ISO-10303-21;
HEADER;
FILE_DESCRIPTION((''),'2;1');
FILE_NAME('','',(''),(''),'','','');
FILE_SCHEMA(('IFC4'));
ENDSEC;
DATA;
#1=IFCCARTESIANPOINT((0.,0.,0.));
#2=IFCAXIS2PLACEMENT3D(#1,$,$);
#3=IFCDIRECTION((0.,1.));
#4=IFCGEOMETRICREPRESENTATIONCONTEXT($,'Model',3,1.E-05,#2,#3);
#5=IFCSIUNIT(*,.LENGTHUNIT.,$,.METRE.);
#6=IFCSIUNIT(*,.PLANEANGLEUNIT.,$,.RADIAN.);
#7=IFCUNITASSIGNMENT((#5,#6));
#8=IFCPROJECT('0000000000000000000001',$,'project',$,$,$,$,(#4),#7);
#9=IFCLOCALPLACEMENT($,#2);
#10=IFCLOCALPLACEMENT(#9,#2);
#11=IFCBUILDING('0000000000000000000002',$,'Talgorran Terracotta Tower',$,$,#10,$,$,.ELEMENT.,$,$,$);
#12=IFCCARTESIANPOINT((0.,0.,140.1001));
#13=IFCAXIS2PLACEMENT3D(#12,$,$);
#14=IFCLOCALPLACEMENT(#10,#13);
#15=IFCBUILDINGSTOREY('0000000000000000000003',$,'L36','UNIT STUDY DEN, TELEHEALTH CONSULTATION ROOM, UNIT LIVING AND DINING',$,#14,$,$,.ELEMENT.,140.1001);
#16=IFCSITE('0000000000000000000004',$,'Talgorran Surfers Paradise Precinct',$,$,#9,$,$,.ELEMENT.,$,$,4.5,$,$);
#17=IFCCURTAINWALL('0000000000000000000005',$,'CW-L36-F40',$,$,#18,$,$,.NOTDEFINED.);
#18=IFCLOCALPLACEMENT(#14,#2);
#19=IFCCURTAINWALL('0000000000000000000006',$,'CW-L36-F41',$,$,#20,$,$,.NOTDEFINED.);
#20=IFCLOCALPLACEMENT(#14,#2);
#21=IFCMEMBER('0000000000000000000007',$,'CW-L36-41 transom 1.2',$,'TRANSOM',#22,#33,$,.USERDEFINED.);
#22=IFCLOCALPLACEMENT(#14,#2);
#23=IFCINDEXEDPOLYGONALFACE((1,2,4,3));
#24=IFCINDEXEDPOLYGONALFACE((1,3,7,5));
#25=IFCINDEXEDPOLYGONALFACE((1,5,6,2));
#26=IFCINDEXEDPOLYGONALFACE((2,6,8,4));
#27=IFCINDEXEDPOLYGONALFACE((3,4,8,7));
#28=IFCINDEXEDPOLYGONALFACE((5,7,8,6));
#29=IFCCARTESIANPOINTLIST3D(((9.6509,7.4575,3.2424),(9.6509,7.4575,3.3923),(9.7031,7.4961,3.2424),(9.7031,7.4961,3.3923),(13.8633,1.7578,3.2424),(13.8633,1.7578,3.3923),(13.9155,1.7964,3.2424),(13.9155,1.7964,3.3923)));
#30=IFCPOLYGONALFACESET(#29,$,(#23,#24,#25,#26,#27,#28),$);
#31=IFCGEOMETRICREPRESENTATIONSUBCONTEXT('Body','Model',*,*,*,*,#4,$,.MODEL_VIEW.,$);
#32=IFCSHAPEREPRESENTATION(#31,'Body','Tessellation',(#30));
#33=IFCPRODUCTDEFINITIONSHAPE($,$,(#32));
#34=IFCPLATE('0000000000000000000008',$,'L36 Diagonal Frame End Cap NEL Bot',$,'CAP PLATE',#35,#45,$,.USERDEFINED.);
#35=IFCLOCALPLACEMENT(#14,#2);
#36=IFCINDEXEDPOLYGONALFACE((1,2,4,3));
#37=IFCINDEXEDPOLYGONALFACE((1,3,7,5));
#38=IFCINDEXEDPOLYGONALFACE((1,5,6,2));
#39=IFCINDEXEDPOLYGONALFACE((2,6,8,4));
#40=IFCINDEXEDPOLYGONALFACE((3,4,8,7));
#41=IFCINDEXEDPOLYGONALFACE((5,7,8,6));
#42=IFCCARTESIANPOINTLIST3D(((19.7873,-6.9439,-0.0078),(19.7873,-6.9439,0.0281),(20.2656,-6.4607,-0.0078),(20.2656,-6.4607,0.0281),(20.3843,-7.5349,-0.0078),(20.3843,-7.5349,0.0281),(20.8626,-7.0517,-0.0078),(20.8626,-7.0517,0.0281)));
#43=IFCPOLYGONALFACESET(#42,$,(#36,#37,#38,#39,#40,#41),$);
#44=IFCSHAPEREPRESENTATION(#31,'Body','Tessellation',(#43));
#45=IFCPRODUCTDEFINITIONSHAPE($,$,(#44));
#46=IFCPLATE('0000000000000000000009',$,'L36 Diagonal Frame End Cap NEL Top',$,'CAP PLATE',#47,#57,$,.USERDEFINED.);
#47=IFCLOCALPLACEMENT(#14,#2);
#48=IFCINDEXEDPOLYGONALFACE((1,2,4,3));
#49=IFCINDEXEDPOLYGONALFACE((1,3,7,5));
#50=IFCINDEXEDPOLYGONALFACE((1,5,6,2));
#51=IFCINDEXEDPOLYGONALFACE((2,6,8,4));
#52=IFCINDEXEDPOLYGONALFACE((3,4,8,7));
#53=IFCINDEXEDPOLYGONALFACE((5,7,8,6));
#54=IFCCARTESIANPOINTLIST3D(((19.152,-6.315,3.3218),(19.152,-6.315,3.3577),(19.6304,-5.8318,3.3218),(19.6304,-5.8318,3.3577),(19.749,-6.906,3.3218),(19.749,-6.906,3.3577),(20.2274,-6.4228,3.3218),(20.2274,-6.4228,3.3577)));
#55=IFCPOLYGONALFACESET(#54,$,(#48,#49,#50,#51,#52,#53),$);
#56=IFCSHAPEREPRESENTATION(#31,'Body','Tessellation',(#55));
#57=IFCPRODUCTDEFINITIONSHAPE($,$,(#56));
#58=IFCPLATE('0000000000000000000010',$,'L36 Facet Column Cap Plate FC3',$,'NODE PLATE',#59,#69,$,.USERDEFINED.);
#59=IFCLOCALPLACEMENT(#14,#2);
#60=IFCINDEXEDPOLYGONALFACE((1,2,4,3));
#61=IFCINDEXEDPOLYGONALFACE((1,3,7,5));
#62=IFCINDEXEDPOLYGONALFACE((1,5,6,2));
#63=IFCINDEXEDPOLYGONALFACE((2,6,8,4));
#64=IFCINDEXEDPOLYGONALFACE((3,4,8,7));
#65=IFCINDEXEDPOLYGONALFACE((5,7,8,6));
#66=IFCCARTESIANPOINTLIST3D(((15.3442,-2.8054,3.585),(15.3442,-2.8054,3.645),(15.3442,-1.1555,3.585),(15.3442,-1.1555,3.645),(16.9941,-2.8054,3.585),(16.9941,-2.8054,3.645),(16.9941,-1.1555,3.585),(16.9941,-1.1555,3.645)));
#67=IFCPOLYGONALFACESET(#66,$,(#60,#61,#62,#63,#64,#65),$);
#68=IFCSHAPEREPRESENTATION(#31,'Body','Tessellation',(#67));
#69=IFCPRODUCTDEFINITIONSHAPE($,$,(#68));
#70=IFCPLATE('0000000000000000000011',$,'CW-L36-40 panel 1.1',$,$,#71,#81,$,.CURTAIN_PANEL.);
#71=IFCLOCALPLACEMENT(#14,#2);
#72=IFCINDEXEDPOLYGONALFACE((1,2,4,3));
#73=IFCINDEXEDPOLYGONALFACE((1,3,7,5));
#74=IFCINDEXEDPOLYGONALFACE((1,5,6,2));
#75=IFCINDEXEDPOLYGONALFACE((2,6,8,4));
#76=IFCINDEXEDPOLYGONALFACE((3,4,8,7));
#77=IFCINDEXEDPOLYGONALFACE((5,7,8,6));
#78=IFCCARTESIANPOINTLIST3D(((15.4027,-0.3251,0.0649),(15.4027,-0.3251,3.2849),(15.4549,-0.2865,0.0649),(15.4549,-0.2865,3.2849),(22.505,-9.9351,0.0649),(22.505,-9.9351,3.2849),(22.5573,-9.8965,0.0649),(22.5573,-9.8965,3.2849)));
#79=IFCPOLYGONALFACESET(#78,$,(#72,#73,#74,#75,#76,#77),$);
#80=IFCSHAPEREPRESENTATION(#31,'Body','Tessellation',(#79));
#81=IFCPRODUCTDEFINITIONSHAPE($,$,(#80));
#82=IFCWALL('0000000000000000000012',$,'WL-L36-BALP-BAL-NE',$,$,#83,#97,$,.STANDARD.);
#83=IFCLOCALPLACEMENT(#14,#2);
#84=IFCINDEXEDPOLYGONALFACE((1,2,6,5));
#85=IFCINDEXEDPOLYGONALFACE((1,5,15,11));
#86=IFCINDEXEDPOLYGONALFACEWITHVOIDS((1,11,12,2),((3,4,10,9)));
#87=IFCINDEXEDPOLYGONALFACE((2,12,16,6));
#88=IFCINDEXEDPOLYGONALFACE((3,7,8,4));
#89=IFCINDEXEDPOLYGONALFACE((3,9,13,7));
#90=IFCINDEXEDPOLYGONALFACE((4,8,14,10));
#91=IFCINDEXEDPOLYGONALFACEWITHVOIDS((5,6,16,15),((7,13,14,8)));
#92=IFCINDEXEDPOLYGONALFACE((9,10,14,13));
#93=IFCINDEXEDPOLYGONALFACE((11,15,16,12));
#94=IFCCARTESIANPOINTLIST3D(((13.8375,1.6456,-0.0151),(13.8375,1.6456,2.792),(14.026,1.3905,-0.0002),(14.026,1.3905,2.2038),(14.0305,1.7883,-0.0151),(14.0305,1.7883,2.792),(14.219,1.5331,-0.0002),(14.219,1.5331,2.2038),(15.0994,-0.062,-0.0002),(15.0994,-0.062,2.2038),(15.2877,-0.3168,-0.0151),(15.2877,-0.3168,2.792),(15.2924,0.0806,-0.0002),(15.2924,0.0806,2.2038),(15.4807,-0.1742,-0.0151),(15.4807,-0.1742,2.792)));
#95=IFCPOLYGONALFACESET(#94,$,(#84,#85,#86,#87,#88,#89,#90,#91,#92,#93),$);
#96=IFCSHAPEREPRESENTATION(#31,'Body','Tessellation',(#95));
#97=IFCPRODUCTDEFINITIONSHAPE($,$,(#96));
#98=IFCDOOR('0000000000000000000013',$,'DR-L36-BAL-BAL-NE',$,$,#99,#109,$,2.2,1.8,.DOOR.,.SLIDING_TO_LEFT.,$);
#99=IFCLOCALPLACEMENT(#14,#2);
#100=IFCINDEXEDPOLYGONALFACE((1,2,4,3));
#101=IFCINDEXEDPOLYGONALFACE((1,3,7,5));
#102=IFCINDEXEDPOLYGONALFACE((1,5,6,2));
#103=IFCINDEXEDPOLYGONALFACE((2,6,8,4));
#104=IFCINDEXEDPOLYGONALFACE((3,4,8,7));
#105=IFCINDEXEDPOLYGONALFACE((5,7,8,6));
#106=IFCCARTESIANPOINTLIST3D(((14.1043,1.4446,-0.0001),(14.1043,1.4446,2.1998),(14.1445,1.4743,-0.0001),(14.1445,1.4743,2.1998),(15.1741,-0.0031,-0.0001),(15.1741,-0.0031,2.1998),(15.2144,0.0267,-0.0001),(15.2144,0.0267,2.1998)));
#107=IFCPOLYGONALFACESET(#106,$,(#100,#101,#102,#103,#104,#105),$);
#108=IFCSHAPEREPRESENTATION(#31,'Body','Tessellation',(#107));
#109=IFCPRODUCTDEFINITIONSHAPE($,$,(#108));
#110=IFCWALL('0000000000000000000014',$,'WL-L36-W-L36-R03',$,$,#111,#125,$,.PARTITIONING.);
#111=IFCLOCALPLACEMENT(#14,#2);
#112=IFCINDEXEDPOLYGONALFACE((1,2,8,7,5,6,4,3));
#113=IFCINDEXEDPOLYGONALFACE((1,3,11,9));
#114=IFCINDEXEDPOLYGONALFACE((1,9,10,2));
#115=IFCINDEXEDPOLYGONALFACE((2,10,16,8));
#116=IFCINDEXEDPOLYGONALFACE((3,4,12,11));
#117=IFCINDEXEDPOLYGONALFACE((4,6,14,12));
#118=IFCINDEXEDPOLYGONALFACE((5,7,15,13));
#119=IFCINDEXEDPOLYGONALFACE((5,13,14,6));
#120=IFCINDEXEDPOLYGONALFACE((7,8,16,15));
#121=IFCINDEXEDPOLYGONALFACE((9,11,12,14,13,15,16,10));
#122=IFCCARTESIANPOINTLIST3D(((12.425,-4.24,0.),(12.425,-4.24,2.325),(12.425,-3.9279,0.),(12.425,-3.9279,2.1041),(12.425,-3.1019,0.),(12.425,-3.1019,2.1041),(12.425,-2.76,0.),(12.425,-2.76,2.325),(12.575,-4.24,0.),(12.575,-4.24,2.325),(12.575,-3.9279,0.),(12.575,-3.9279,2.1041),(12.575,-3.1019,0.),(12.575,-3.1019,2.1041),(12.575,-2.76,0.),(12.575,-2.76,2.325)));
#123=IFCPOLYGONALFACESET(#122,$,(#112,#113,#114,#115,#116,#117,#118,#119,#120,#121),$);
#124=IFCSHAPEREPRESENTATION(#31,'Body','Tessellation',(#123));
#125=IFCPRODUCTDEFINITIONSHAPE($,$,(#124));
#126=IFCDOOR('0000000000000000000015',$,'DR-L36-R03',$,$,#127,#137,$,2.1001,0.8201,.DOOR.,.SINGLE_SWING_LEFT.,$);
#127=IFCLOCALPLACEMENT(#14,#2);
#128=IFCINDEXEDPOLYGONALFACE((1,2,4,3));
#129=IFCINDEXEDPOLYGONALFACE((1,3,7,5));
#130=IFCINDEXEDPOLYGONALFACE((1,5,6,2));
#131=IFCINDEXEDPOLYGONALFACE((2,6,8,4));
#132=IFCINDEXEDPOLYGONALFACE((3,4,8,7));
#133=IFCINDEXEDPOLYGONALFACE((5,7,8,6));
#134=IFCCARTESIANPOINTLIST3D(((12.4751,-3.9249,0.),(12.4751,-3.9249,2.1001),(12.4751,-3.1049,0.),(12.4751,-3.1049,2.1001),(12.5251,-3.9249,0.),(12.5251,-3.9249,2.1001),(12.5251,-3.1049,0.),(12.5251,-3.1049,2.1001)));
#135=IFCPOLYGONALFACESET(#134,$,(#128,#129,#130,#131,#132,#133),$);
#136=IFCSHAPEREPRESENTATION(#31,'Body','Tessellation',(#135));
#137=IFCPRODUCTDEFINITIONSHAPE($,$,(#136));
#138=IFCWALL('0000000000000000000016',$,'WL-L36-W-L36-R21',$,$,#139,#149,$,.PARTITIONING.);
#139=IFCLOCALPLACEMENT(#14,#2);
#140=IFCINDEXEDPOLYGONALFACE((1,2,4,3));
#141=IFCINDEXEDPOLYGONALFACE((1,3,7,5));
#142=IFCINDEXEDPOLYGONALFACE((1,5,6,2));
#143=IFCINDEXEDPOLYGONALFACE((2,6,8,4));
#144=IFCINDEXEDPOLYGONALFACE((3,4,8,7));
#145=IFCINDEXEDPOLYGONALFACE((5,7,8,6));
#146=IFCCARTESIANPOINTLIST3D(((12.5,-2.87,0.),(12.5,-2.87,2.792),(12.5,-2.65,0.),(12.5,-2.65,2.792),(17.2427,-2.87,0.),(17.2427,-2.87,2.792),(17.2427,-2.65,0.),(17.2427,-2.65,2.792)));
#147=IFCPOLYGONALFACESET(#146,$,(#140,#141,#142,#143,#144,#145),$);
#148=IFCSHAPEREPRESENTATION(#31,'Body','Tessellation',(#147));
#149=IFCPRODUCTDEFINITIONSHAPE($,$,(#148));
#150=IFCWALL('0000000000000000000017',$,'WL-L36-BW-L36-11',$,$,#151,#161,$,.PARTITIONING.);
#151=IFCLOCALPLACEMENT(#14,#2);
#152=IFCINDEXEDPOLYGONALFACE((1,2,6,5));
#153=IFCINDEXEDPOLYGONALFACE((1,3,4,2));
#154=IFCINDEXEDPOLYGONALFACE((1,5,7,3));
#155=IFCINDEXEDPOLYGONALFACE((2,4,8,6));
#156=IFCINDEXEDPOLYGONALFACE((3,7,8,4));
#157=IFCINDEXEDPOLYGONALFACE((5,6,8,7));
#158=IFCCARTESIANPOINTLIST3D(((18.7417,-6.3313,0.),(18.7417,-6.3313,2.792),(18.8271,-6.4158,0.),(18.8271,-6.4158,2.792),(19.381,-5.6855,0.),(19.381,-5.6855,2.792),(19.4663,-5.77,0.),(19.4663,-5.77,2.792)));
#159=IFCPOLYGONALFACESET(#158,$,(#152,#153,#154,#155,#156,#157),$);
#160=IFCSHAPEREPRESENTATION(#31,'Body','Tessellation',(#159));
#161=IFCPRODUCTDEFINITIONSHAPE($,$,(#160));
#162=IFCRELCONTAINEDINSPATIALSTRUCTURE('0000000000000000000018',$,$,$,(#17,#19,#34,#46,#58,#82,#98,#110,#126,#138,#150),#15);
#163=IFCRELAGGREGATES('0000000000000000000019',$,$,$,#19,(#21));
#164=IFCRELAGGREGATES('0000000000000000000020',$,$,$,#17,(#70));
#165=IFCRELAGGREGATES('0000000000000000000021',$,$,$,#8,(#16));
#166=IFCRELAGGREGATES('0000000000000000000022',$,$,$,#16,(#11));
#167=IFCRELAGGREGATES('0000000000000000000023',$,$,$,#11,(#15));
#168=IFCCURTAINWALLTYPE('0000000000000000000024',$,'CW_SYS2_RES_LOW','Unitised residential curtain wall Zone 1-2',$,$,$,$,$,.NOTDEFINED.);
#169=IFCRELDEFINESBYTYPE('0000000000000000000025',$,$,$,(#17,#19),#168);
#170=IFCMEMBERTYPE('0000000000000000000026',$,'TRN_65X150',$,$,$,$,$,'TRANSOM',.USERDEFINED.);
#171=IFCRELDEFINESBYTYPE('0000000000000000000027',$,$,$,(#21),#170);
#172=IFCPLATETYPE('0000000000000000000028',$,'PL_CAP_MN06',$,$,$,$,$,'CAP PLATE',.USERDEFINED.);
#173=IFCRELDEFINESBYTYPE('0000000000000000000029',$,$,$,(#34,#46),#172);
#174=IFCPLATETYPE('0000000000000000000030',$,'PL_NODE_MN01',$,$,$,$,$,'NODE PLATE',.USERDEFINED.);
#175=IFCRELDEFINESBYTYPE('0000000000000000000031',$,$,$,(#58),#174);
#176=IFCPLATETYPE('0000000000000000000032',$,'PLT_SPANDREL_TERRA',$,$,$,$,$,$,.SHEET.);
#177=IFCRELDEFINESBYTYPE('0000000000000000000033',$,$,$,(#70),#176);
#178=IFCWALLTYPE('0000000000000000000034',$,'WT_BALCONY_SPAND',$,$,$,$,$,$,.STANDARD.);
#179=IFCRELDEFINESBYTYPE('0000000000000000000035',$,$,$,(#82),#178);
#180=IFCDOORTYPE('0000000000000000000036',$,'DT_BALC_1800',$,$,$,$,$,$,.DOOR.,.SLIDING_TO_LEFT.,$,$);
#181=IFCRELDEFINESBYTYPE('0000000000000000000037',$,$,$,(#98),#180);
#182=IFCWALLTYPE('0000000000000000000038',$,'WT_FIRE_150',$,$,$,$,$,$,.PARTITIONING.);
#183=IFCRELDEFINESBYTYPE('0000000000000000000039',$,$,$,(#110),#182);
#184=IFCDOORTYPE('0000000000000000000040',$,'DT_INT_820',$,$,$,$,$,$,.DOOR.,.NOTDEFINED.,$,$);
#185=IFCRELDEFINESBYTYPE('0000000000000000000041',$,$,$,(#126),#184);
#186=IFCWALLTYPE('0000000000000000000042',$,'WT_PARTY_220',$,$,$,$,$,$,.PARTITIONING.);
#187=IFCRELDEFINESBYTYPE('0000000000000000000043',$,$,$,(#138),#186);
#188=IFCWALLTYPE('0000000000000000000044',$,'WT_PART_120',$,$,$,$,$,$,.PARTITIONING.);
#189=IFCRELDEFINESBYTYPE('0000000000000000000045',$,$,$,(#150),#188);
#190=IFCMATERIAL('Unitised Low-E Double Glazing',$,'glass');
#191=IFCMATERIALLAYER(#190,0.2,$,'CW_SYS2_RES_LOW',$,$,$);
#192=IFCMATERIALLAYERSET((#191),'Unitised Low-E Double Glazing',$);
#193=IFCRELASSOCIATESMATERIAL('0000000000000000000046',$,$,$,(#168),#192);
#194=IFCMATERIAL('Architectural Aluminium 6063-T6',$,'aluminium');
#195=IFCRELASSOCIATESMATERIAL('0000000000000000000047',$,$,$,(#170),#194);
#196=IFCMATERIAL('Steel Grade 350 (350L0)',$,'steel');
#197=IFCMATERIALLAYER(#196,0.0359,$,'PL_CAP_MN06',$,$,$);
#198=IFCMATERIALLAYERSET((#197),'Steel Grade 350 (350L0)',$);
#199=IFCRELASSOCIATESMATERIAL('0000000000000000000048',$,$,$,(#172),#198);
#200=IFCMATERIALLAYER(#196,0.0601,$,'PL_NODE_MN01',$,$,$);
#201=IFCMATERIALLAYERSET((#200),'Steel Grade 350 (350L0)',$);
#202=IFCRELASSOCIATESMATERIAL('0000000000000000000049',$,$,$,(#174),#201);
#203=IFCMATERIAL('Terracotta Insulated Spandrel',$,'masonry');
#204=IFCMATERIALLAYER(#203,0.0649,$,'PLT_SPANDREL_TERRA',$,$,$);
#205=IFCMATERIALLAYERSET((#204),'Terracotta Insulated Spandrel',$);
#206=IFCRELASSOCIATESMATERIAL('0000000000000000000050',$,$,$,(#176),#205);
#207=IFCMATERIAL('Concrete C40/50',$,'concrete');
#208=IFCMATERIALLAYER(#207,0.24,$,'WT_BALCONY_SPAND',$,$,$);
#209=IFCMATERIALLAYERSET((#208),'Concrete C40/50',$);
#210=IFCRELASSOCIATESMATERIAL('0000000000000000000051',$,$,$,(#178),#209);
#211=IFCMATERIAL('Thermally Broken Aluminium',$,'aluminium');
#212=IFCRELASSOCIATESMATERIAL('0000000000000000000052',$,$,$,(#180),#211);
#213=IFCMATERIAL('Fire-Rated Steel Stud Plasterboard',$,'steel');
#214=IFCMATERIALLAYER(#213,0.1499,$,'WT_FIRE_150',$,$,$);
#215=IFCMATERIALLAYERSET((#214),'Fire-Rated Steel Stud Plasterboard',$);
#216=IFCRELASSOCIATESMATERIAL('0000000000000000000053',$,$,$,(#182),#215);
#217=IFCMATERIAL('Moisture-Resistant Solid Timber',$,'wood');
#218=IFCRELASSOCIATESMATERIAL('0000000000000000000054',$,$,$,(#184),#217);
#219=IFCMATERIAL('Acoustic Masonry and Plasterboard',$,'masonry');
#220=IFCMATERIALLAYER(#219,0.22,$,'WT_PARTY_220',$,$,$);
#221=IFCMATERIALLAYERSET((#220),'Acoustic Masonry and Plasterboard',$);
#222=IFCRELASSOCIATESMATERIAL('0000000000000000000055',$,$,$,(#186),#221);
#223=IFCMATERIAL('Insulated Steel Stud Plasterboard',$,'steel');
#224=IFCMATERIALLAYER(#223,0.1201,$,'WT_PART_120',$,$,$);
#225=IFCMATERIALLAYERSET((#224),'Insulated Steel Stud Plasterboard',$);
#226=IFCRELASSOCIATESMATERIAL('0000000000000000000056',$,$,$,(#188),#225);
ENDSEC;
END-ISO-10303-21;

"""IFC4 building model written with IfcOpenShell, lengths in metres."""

from ifc_helpers import new_model, si_unit, direction, frame, frame_2d, origin, origin_2d, place, context, subcontext, project, spatial, rectangle, extrude, source, transform, mapped, material, layer, layer_set, material_profile, profile_set, type_object, type_shapes, element, fill, aggregate, save


model = new_model("IFC4")

# Units and contexts
model_context = context("Model", 3, precision=1e-05, world=origin(), true_north=direction((0.0, 1.0)))
body_context = subcontext(model_context, "Body", "Model", "MODEL_VIEW")
ifc_project = project(units=[si_unit("LENGTHUNIT", "METRE"), si_unit("PLANEANGLEUNIT", "RADIAN")], contexts=[model_context])

# Site, building, storey
site_placement = place(None, origin())
site = spatial("IfcSite", under=ifc_project, at=site_placement, Name="Talgorran Surfers Paradise Precinct", CompositionType="ELEMENT", RefElevation=4.5)
building_placement = place(site_placement, origin())
building = spatial("IfcBuilding", under=site, at=building_placement, Name="Talgorran Terracotta Tower", CompositionType="ELEMENT")
storey_placement = place(building_placement, frame((0.0, 0.0, 140.1001)))
storey = spatial("IfcBuildingStorey", under=building, at=storey_placement, Name="L36", Description="UNIT STUDY DEN, TELEHEALTH CONSULTATION ROOM, UNIT LIVING AND DINING", CompositionType="ELEMENT", Elevation=140.1001)

# Shared definitions
ifc_material_1 = material(Name="Steel Grade 350 (350L0)", Category="steel")

# Curtain wall
ifc_material_2 = material(Name="Unitised Low-E Double Glazing", Category="glass")
ifc_layer_1 = layer(ifc_material_2, 0.2, Name="CW_SYS2_RES_LOW")
ifc_layer_set_1 = layer_set([ifc_layer_1], Name="Unitised Low-E Double Glazing")
curtain_wall_type = type_object("IfcCurtainWallType", Name="CW_SYS2_RES_LOW", Description="Unitised residential curtain wall Zone 1-2", PredefinedType="NOTDEFINED", material=ifc_layer_set_1)
curtain_wall_1_placement = place(storey_placement, origin())
curtain_wall_1 = element("IfcCurtainWall", 1, at=curtain_wall_1_placement, inside=storey, type_object=curtain_wall_type, Name="CW-L36-F40", PredefinedType="NOTDEFINED")
ifc_material_3 = material(Name="Architectural Aluminium 6063-T6", Category="aluminium")

# Curtain wall, member
curtain_wall_2_placement = place(storey_placement, origin())
curtain_wall_2 = element("IfcCurtainWall", 2, at=curtain_wall_2_placement, inside=storey, type_object=curtain_wall_type, Name="CW-L36-F41", PredefinedType="NOTDEFINED")
ifc_material_profile_1 = material_profile(ifc_material_3, rectangle(XDim=0.0649, YDim=0.1499, at=origin_2d()), Name="CWT65X150")
ifc_profile_set_1 = profile_set([ifc_material_profile_1], Name="Architectural Aluminium 6063-T6")
member_type_1 = type_object("IfcMemberType", Name="TRN_65X150", ElementType="TRANSOM", PredefinedType="USERDEFINED", material=ifc_profile_set_1)
member_1_placement = place(storey_placement, frame((13.8894, 1.7771, 3.3174), z_axis=(-0.594352, 0.804205, 0.0), x_axis=(-0.804205, -0.594352, 0.0)))
member_1 = element("IfcMember", 3, at=member_1_placement, type_object=member_type_1, Name="CW-L36-41 transom 1.2", ObjectType="TRANSOM", PredefinedType="USERDEFINED", context=body_context, shape_type="SweptSolid", body=[
    extrude(rectangle(XDim=0.0649, YDim=0.1499, at=origin_2d()), origin(), (0.0, 0.0, 1.0), 7.0874),
])
aggregate(curtain_wall_2, [member_1])

# Plates
ifc_layer_2 = layer(ifc_material_1, 0.0359, Name="PL_CAP_MN06")
ifc_layer_set_2 = layer_set([ifc_layer_2], Name="Steel Grade 350 (350L0)")
plate_type_1 = type_object("IfcPlateType", Name="PL_CAP_MN06", ElementType="CAP PLATE", PredefinedType="USERDEFINED", material=ifc_layer_set_2)
for number, where, z_axis, x_axis, name in (
    (4, (20.325, -6.9978, -0.0078), (0.0, 0.0, 1.0), (-0.710677, 0.703519, 0.0), "L36 Diagonal Frame End Cap NEL Bot"),
    (5, (19.6897, -6.3689, 3.3218), (0.0, 0.0, 1.0), (-0.710677, 0.703519, 0.0), "L36 Diagonal Frame End Cap NEL Top"),
):
    element("IfcPlate", number, at=place(storey_placement, frame(where, z_axis=z_axis, x_axis=x_axis)), inside=storey, type_object=plate_type_1, Name=name, ObjectType="CAP PLATE", PredefinedType="USERDEFINED", context=body_context, shape_type="SweptSolid", body=[
        extrude(rectangle(XDim=0.8401, YDim=0.6799, at=origin_2d()), origin(), (0.0, 0.0, 1.0), 0.0359),
    ])
ifc_layer_3 = layer(ifc_material_1, 0.0601, Name="PL_NODE_MN01")
ifc_layer_set_3 = layer_set([ifc_layer_3], Name="Steel Grade 350 (350L0)")
plate_type_2 = type_object("IfcPlateType", Name="PL_NODE_MN01", ElementType="NODE PLATE", PredefinedType="USERDEFINED", material=ifc_layer_set_3)
plate_1_placement = place(storey_placement, frame((16.1692, -1.9805, 3.585), z_axis=(0.0, 0.0, 1.0), x_axis=(1.0, 0.0, 0.0)))
element("IfcPlate", 6, at=plate_1_placement, inside=storey, type_object=plate_type_2, Name="L36 Facet Column Cap Plate FC3", ObjectType="NODE PLATE", PredefinedType="USERDEFINED", context=body_context, shape_type="SweptSolid", body=[
    extrude(rectangle(XDim=1.6499, YDim=1.6499, at=origin_2d()), origin(), (0.0, 0.0, 1.0), 0.0601),
])

# Plate
ifc_material_4 = material(Name="Terracotta Insulated Spandrel", Category="masonry")
ifc_layer_4 = layer(ifc_material_4, 0.0649, Name="PLT_SPANDREL_TERRA")
ifc_layer_set_4 = layer_set([ifc_layer_4], Name="Terracotta Insulated Spandrel")
plate_type_3 = type_object("IfcPlateType", Name="PLT_SPANDREL_TERRA", PredefinedType="SHEET", material=ifc_layer_set_4)
shared_shape = source(origin(), body_context, "Body", "SweptSolid", [
    extrude(rectangle(XDim=11.9497, YDim=0.0649, at=origin_2d()), origin(), (0.0, 0.0, 1.0), 3.22),
])
type_shapes(plate_type_3, [shared_shape])
plate_2_placement = place(storey_placement, frame((18.98, -5.1108, 0.0649), z_axis=(0.0, 0.0, 1.0), x_axis=(-0.594355, 0.804203, 0.0)))
plate_2 = element("IfcPlate", 7, at=plate_2_placement, type_object=plate_type_3, Name="CW-L36-40 panel 1.1", PredefinedType="CURTAIN_PANEL", context=body_context, shape_type="MappedRepresentation", body=[
    mapped(shared_shape, transform((0.0, 0.0, 0.0), scale=1.0)),
])
aggregate(curtain_wall_1, [plate_2])

# Walls, openings, doors
ifc_material_5 = material(Name="Concrete C40/50", Category="concrete")
ifc_layer_5 = layer(ifc_material_5, 0.24, Name="WT_BALCONY_SPAND")
ifc_layer_set_5 = layer_set([ifc_layer_5], Name="Concrete C40/50")
wall_type_1 = type_object("IfcWallType", Name="WT_BALCONY_SPAND", PredefinedType="STANDARD", material=ifc_layer_set_5)
wall_1_placement = place(storey_placement, frame((15.3843, -0.2456, -0.0151), z_axis=(0.0, 0.0, 1.0), x_axis=(-0.594318, 0.80423, 0.0)))
wall_1 = element("IfcWall", 8, at=wall_1_placement, inside=storey, type_object=wall_type_1, Name="WL-L36-BALP-BAL-NE", PredefinedType="STANDARD", context=body_context, shape_type="SweptSolid", body=[
    extrude(rectangle(XDim=2.4402, YDim=0.24, at=frame_2d((1.2202, 0.0))), origin(), (0.0, 0.0, 1.0), 2.8071),
])
opening_1_placement = place(wall_1_placement, frame((0.3201, 0.0, 0.0149)))
opening_1 = element("IfcOpeningElement", 9, at=opening_1_placement, cuts=wall_1, PredefinedType="OPENING", context=body_context, shape_type="SweptSolid", body=[
    extrude(rectangle(XDim=1.806, YDim=2.204, at=frame_2d((0.8999, 1.1021))), frame((0.0, 0.1299, 0.0), z_axis=(0.0, -1.0, 0.0), x_axis=(1.0, 0.0, 0.0)), (0.0, 0.0, 1.0), 0.26),
])
ifc_material_6 = material(Name="Thermally Broken Aluminium", Category="aluminium")
door_type_1 = type_object("IfcDoorType", Name="DT_BALC_1800", OperationType="SLIDING_TO_LEFT", PredefinedType="DOOR", material=ifc_material_6)
door_1_placement = place(opening_1_placement, origin())
door_1 = element("IfcDoor", 10, at=door_1_placement, inside=storey, type_object=door_type_1, Name="DR-L36-BAL-BAL-NE", OperationType="SLIDING_TO_LEFT", OverallHeight=2.2, OverallWidth=1.8, PredefinedType="DOOR", context=body_context, shape_type="SweptSolid", body=[
    extrude(rectangle(XDim=1.8, YDim=2.2, at=frame_2d((0.8999, 1.1001))), frame((0.0, 0.0249, 0.0), z_axis=(0.0, -1.0, 0.0), x_axis=(1.0, 0.0, 0.0)), (0.0, 0.0, 1.0), 0.05),
])
fill(opening_1, door_1)
ifc_material_7 = material(Name="Fire-Rated Steel Stud Plasterboard", Category="steel")
ifc_layer_6 = layer(ifc_material_7, 0.1499, Name="WT_FIRE_150")
ifc_layer_set_6 = layer_set([ifc_layer_6], Name="Fire-Rated Steel Stud Plasterboard")
wall_type_2 = type_object("IfcWallType", Name="WT_FIRE_150", PredefinedType="PARTITIONING", material=ifc_layer_set_6)
wall_2_placement = place(storey_placement, frame((12.5, -4.24, 0.0), z_axis=(0.0, 0.0, 1.0), x_axis=(0.0, 1.0, 0.0)))
wall_2 = element("IfcWall", 11, at=wall_2_placement, inside=storey, type_object=wall_type_2, Name="WL-L36-W-L36-R03", PredefinedType="PARTITIONING", context=body_context, shape_type="SweptSolid", body=[
    extrude(rectangle(XDim=1.48, YDim=0.1499, at=frame_2d((0.74, 0.0))), origin(), (0.0, 0.0, 1.0), 2.325),
])
opening_2_placement = place(wall_2_placement, frame((0.3149, 0.0, 0.0)))
opening_2 = element("IfcOpeningElement", 12, at=opening_2_placement, cuts=wall_2, PredefinedType="OPENING", context=body_context, shape_type="SweptSolid", body=[
    extrude(rectangle(XDim=0.8261, YDim=2.1041, at=frame_2d((0.4102, 1.052))), frame((0.0, 0.085, 0.0), z_axis=(0.0, -1.0, 0.0), x_axis=(1.0, 0.0, 0.0)), (0.0, 0.0, 1.0), 0.1699),
])
ifc_material_8 = material(Name="Moisture-Resistant Solid Timber", Category="wood")
door_type_2 = type_object("IfcDoorType", Name="DT_INT_820", OperationType="NOTDEFINED", PredefinedType="DOOR", material=ifc_material_8)
door_2_placement = place(opening_2_placement, origin())
door_2 = element("IfcDoor", 13, at=door_2_placement, inside=storey, type_object=door_type_2, Name="DR-L36-R03", OperationType="SINGLE_SWING_LEFT", OverallHeight=2.1001, OverallWidth=0.8201, PredefinedType="DOOR", context=body_context, shape_type="SweptSolid", body=[
    extrude(rectangle(XDim=0.8201, YDim=2.1001, at=frame_2d((0.4102, 1.05))), frame((0.0, 0.0249, 0.0), z_axis=(0.0, -1.0, 0.0), x_axis=(1.0, 0.0, 0.0)), (0.0, 0.0, 1.0), 0.05),
])
fill(opening_2, door_2)

# Walls
ifc_material_9 = material(Name="Acoustic Masonry and Plasterboard", Category="masonry")
ifc_layer_7 = layer(ifc_material_9, 0.22, Name="WT_PARTY_220")
ifc_layer_set_7 = layer_set([ifc_layer_7], Name="Acoustic Masonry and Plasterboard")
wall_type_3 = type_object("IfcWallType", Name="WT_PARTY_220", PredefinedType="PARTITIONING", material=ifc_layer_set_7)
wall_3_placement = place(storey_placement, frame((12.5, -2.76, 0.0), z_axis=(0.0, 0.0, 1.0), x_axis=(1.0, 0.0, 0.0)))
element("IfcWall", 14, at=wall_3_placement, inside=storey, type_object=wall_type_3, Name="WL-L36-W-L36-R21", PredefinedType="PARTITIONING", context=body_context, shape_type="SweptSolid", body=[
    extrude(rectangle(XDim=4.7427, YDim=0.22, at=frame_2d((2.3713, 0.0))), origin(), (0.0, 0.0, 1.0), 2.792),
])
ifc_material_10 = material(Name="Insulated Steel Stud Plasterboard", Category="steel")
ifc_layer_8 = layer(ifc_material_10, 0.1201, Name="WT_PART_120")
ifc_layer_set_8 = layer_set([ifc_layer_8], Name="Insulated Steel Stud Plasterboard")
wall_type_4 = type_object("IfcWallType", Name="WT_PART_120", PredefinedType="PARTITIONING", material=ifc_layer_set_8)
wall_4_placement = place(storey_placement, frame((18.7844, -6.3735, 0.0), z_axis=(0.0, 0.0, 1.0), x_axis=(0.70347, 0.710725, 0.0)))
element("IfcWall", 15, at=wall_4_placement, inside=storey, type_object=wall_type_4, Name="WL-L36-BW-L36-11", PredefinedType="PARTITIONING", context=body_context, shape_type="SweptSolid", body=[
    extrude(rectangle(XDim=0.9087, YDim=0.1201, at=frame_2d((0.4543, 0.0))), origin(), (0.0, 0.0, 1.0), 2.792),
])

save(model, "model.ifc")
